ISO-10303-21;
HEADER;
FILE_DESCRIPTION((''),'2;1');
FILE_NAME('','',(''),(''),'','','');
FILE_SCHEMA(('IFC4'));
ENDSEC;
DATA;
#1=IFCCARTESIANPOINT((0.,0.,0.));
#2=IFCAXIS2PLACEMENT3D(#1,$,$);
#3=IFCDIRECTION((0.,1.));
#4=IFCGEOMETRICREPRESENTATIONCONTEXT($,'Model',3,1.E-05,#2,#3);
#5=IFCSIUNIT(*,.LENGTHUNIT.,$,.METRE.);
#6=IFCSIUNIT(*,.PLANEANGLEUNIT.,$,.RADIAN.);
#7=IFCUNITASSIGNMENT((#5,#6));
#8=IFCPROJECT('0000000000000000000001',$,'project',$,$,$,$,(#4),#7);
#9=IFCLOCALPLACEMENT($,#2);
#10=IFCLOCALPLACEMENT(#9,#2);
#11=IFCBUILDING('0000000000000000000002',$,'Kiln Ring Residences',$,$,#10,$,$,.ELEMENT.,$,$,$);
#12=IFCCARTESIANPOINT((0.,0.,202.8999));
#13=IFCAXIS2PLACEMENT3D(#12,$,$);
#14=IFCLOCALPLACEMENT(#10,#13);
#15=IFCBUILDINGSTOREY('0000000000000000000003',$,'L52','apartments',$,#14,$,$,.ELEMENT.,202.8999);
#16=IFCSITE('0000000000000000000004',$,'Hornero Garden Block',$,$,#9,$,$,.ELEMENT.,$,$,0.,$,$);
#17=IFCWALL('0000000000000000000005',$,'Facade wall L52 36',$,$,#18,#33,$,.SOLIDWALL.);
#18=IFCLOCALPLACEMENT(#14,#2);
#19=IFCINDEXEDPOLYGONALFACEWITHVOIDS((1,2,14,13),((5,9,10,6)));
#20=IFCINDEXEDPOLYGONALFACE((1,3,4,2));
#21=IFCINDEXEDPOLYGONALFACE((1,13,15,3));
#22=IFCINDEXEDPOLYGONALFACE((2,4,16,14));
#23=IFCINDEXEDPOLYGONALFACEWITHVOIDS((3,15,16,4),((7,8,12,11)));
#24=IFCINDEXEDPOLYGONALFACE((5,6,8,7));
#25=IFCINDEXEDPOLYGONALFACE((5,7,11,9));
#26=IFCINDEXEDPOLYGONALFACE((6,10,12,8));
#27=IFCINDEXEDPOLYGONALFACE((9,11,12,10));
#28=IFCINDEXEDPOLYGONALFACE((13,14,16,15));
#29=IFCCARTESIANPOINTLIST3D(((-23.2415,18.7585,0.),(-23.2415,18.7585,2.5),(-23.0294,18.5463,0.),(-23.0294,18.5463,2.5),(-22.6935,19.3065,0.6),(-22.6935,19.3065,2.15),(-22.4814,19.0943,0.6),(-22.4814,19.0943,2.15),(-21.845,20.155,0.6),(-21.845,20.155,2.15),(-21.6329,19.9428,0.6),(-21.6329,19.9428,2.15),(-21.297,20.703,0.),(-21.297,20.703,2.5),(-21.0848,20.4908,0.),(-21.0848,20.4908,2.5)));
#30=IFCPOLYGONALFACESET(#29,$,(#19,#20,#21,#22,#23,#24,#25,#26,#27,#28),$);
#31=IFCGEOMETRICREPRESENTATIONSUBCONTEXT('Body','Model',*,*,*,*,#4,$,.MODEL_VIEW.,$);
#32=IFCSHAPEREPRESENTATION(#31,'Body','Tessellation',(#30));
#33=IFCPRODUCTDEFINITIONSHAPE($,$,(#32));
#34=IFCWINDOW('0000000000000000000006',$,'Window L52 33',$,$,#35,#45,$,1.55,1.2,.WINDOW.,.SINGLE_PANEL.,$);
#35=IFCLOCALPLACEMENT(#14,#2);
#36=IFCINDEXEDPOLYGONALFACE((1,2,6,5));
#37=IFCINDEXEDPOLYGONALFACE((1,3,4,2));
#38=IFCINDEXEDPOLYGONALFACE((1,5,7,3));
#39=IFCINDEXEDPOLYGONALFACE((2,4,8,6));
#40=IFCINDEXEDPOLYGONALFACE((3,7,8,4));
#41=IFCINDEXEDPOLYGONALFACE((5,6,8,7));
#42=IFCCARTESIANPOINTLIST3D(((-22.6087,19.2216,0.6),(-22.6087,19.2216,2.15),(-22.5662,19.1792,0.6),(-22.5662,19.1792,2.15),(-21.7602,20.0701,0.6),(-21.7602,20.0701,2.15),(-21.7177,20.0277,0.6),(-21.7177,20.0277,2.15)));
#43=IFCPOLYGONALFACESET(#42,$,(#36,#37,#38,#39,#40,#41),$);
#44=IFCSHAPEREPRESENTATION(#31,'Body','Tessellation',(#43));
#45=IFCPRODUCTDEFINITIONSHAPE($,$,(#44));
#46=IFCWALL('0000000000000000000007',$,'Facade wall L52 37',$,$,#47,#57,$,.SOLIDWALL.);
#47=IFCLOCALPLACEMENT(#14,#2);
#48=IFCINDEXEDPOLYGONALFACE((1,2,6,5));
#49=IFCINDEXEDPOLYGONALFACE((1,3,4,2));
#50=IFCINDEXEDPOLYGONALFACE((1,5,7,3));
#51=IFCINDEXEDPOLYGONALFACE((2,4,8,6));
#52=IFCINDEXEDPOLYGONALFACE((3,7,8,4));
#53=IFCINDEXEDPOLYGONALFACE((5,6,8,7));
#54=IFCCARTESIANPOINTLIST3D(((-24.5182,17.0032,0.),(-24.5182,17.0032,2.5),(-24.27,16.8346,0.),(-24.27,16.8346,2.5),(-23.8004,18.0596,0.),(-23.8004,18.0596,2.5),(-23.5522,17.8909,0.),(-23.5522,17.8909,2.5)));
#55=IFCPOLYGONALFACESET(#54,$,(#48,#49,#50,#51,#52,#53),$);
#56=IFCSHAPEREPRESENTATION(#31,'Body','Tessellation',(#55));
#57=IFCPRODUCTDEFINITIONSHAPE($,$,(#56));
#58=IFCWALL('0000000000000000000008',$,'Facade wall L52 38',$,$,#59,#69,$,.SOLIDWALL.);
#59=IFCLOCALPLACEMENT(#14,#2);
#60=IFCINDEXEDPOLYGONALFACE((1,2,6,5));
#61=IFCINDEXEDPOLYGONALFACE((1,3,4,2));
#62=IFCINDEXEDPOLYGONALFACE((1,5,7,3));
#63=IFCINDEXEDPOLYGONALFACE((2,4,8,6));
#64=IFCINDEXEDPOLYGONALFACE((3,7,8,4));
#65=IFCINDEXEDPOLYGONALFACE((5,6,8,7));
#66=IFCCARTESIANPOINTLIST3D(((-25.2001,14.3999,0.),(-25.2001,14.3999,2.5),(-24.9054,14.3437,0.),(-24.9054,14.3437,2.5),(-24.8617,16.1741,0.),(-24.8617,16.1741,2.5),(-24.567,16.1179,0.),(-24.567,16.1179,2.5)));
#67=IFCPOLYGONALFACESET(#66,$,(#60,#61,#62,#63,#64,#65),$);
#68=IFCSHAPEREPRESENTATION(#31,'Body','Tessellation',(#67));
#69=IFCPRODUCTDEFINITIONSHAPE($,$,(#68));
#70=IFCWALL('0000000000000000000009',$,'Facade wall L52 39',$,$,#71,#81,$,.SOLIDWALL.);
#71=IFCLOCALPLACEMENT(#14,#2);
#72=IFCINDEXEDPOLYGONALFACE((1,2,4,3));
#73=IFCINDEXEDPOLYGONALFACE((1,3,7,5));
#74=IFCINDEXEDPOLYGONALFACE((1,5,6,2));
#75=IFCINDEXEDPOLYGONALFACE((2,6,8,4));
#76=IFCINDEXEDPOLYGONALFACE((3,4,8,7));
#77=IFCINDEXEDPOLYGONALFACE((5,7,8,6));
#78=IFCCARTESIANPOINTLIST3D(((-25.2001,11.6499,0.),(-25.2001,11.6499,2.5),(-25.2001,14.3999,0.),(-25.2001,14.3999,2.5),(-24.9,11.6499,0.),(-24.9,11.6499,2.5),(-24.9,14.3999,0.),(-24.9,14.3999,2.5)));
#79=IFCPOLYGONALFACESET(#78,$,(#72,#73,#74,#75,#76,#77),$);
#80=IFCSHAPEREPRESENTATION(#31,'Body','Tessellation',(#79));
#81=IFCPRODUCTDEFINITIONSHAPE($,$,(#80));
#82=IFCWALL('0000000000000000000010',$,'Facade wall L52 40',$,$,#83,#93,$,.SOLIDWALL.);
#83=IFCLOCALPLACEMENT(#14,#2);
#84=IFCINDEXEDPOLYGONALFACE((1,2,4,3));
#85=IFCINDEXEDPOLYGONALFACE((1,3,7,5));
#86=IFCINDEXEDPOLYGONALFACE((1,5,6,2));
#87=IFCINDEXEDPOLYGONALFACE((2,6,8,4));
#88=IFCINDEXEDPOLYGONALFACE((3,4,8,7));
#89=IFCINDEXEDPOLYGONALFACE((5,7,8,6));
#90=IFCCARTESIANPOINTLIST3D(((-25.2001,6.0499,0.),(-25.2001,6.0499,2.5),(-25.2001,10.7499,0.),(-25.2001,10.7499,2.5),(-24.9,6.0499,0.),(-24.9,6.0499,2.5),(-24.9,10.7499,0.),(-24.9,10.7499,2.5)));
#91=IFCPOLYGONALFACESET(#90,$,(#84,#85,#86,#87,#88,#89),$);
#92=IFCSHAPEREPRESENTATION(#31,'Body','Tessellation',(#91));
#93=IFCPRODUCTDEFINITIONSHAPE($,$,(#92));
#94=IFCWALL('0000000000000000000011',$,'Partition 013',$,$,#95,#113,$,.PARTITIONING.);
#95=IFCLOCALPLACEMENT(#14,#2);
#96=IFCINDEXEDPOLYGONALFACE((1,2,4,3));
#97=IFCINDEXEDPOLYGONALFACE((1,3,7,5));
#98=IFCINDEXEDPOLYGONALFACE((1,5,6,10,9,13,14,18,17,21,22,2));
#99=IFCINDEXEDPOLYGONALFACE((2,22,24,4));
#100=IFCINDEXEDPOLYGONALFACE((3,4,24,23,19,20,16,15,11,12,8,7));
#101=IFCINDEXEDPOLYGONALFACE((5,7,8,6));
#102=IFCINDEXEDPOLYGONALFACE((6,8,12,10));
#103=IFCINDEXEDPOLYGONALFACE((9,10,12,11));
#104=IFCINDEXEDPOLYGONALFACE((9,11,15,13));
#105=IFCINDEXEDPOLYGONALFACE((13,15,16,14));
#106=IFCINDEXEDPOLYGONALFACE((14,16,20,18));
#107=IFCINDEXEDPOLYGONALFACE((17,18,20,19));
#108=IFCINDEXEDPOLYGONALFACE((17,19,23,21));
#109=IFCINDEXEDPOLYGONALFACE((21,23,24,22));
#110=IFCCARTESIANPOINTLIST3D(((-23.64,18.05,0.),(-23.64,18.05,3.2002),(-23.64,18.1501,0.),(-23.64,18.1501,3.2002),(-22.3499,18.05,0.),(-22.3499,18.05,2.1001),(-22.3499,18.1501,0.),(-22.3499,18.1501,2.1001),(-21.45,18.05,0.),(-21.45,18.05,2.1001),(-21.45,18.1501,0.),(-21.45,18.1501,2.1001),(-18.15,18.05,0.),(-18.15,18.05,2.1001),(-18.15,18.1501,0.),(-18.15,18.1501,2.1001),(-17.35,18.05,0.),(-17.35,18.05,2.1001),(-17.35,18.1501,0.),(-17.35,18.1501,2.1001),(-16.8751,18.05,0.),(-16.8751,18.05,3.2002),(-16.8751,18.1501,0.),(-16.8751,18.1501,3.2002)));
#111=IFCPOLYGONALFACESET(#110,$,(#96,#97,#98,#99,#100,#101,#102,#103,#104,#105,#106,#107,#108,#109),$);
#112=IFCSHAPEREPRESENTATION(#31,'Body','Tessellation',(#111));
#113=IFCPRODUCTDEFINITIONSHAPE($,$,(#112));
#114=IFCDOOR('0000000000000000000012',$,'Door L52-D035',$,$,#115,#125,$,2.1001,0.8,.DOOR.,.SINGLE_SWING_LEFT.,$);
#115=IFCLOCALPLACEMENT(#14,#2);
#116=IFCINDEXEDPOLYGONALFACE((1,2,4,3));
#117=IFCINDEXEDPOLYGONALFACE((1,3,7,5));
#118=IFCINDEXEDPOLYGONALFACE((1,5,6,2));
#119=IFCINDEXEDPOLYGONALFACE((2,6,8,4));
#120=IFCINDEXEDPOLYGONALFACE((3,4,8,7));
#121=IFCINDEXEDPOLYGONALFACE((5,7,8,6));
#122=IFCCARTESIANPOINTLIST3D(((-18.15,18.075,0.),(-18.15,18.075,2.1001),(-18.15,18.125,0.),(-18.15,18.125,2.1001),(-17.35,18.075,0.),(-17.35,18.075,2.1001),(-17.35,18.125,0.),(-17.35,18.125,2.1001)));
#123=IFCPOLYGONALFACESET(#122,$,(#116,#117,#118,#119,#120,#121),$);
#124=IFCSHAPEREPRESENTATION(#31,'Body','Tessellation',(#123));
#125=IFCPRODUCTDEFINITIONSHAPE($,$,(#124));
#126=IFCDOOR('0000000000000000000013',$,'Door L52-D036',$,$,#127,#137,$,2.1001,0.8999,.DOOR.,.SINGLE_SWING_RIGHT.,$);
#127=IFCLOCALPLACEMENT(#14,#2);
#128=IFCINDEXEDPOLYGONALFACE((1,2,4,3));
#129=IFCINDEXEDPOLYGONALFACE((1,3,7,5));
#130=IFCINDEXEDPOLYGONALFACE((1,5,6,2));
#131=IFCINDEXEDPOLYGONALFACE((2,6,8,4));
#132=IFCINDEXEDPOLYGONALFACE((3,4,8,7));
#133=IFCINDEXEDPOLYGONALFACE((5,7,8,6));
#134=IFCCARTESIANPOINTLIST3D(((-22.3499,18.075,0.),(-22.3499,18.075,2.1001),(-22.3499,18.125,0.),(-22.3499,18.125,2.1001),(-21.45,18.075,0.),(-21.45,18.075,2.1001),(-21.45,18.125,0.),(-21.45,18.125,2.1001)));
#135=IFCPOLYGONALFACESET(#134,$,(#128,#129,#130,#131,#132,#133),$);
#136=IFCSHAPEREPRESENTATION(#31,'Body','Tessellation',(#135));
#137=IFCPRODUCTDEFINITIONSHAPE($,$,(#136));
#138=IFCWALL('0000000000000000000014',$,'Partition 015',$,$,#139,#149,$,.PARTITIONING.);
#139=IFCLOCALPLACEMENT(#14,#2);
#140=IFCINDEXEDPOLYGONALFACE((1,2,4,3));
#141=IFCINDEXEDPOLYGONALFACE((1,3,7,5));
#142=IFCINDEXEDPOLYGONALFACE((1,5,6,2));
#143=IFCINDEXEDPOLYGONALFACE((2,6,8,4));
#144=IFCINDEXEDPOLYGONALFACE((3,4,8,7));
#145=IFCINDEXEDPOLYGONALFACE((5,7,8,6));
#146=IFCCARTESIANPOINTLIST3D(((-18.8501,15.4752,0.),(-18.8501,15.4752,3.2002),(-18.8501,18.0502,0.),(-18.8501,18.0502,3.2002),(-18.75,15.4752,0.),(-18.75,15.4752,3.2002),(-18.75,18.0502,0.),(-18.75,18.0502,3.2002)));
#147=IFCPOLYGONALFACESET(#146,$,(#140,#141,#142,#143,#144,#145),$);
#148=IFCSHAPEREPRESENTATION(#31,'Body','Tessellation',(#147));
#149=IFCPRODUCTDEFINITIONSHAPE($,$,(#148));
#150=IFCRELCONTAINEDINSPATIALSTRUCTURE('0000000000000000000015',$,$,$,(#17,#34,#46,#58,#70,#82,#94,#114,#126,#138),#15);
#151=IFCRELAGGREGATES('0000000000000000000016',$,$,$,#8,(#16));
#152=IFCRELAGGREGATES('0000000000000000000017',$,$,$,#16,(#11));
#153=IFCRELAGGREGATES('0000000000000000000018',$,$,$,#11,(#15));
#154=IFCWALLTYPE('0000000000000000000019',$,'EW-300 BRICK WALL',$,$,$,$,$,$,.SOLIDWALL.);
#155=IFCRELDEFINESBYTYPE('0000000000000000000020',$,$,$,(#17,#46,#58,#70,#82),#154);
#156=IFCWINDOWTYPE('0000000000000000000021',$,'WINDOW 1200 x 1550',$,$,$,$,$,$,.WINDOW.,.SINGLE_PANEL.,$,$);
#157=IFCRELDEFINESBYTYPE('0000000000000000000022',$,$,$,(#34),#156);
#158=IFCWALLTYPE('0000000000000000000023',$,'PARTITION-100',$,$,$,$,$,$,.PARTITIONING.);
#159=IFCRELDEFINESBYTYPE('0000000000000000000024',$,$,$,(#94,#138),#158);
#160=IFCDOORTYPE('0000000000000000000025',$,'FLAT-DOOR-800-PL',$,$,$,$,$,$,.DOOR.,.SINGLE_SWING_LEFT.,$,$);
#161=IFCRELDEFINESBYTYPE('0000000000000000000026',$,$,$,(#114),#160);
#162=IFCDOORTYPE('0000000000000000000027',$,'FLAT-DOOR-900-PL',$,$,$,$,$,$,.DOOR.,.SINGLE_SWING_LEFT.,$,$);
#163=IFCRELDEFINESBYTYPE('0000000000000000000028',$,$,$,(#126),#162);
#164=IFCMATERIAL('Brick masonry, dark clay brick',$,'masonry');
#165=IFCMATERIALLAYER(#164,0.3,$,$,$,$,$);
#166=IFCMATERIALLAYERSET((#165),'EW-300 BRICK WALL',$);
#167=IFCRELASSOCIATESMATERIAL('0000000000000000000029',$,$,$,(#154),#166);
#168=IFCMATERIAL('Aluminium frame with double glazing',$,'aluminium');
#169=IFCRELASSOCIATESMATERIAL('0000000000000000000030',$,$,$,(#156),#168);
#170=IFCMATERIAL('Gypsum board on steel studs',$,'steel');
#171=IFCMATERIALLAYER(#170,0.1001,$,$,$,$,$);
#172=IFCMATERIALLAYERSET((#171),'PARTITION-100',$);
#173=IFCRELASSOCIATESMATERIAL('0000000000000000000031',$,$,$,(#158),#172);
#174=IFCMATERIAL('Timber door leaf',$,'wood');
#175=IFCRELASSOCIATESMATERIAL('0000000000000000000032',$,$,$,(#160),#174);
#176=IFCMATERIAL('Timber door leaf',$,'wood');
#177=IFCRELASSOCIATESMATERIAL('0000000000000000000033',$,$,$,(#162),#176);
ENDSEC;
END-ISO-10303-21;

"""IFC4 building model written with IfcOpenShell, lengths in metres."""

from ifc_helpers import new_model, si_unit, direction, frame, frame_2d, origin, place, context, subcontext, project, spatial, rectangle, extrude, material, layer, layer_set, type_object, element, fill, save


model = new_model("IFC4")

# Units and contexts
model_context = context("Model", 3, precision=1e-05, world=origin(), true_north=direction((0.0, 1.0)))
body_context = subcontext(model_context, "Body", "Model", "MODEL_VIEW")
ifc_project = project(units=[si_unit("LENGTHUNIT", "METRE"), si_unit("PLANEANGLEUNIT", "RADIAN")], contexts=[model_context])

# Site, building, storey
site_placement = place(None, origin())
site = spatial("IfcSite", under=ifc_project, at=site_placement, Name="Hornero Garden Block", CompositionType="ELEMENT", RefElevation=0.0)
building_placement = place(site_placement, origin())
building = spatial("IfcBuilding", under=site, at=building_placement, Name="Kiln Ring Residences", CompositionType="ELEMENT")
storey_placement = place(building_placement, frame((0.0, 0.0, 202.8999)))
storey = spatial("IfcBuildingStorey", under=building, at=storey_placement, Name="L52", Description="apartments", CompositionType="ELEMENT", Elevation=202.8999)

# Wall, opening, window
ifc_material_1 = material(Name="Brick masonry, dark clay brick", Category="masonry")
ifc_layer_1 = layer(ifc_material_1, 0.3)
ifc_layer_set_1 = layer_set([ifc_layer_1], Name="EW-300 BRICK WALL")
wall_type_1 = type_object("IfcWallType", Name="EW-300 BRICK WALL", PredefinedType="SOLIDWALL", material=ifc_layer_set_1)
wall_1_placement = place(storey_placement, frame((-21.1909, 20.5969, 0.0), z_axis=(0.0, 0.0, 1.0), x_axis=(-0.707107, -0.707107, 0.0)))
wall_1 = element("IfcWall", 1, at=wall_1_placement, inside=storey, type_object=wall_type_1, Name="Facade wall L52 36", PredefinedType="SOLIDWALL", context=body_context, shape_type="SweptSolid", body=[
    extrude(rectangle(XDim=2.75, YDim=0.3, at=frame_2d((1.375, 0.0))), origin(), (0.0, 0.0, 1.0), 2.5),
])
opening_1_placement = place(wall_1_placement, frame((0.7749, 0.0, 0.6001)))
opening_1 = element("IfcOpeningElement", 2, at=opening_1_placement, cuts=wall_1, PredefinedType="OPENING", context=body_context, shape_type="SweptSolid", body=[
    extrude(rectangle(XDim=1.2, YDim=1.55, at=frame_2d((0.6001, 0.7749))), frame((0.0, 0.1599, 0.0), z_axis=(0.0, -1.0, 0.0), x_axis=(1.0, 0.0, 0.0)), (0.0, 0.0, 1.0), 0.3201),
])
ifc_material_2 = material(Name="Aluminium frame with double glazing", Category="aluminium")
window_type_1 = type_object("IfcWindowType", Name="WINDOW 1200 x 1550", PartitioningType="SINGLE_PANEL", PredefinedType="WINDOW", material=ifc_material_2)
window_1_placement = place(opening_1_placement, origin())
window_1 = element("IfcWindow", 3, at=window_1_placement, inside=storey, type_object=window_type_1, Name="Window L52 33", OverallHeight=1.55, OverallWidth=1.2, PartitioningType="SINGLE_PANEL", PredefinedType="WINDOW", context=body_context, shape_type="SweptSolid", body=[
    extrude(rectangle(XDim=1.2, YDim=1.55, at=frame_2d((0.6001, 0.7749))), frame((0.0, 0.03, 0.0), z_axis=(0.0, -1.0, 0.0), x_axis=(1.0, 0.0, 0.0)), (0.0, 0.0, 1.0), 0.0601),
])
fill(opening_1, window_1)

# Walls
wall_2_placement = place(storey_placement, frame((-23.6763, 17.9753, 0.0), z_axis=(0.0, 0.0, 1.0), x_axis=(-0.562001, -0.827136, 0.0)))
element("IfcWall", 4, at=wall_2_placement, inside=storey, type_object=wall_type_1, Name="Facade wall L52 37", PredefinedType="SOLIDWALL", context=body_context, shape_type="SweptSolid", body=[
    extrude(rectangle(XDim=1.2771, YDim=0.3, at=frame_2d((0.6387, 0.0))), origin(), (0.0, 0.0, 1.0), 2.5),
])
wall_3_placement = place(storey_placement, frame((-24.7144, 16.146, 0.0), z_axis=(0.0, 0.0, 1.0), x_axis=(-0.187348, -0.982294, 0.0)))
element("IfcWall", 5, at=wall_3_placement, inside=storey, type_object=wall_type_1, Name="Facade wall L52 38", PredefinedType="SOLIDWALL", context=body_context, shape_type="SweptSolid", body=[
    extrude(rectangle(XDim=1.8062, YDim=0.3, at=frame_2d((0.9031, 0.0))), origin(), (0.0, 0.0, 1.0), 2.5),
])
wall_4_placement = place(storey_placement, frame((-25.05, 14.3999, 0.0), z_axis=(0.0, 0.0, 1.0), x_axis=(0.0, -1.0, 0.0)))
element("IfcWall", 6, at=wall_4_placement, inside=storey, type_object=wall_type_1, Name="Facade wall L52 39", PredefinedType="SOLIDWALL", context=body_context, shape_type="SweptSolid", body=[
    extrude(rectangle(XDim=2.75, YDim=0.3, at=frame_2d((1.375, 0.0))), origin(), (0.0, 0.0, 1.0), 2.5),
])
wall_5_placement = place(storey_placement, frame((-25.05, 10.75, 0.0), z_axis=(0.0, 0.0, 1.0), x_axis=(0.0, -1.0, 0.0)))
element("IfcWall", 7, at=wall_5_placement, inside=storey, type_object=wall_type_1, Name="Facade wall L52 40", PredefinedType="SOLIDWALL", context=body_context, shape_type="SweptSolid", body=[
    extrude(rectangle(XDim=4.7, YDim=0.3, at=frame_2d((2.3501, 0.0))), origin(), (0.0, 0.0, 1.0), 2.5),
])

# Wall, openings, doors
ifc_material_3 = material(Name="Gypsum board on steel studs", Category="steel")
ifc_layer_2 = layer(ifc_material_3, 0.1001)
ifc_layer_set_2 = layer_set([ifc_layer_2], Name="PARTITION-100")
wall_type_2 = type_object("IfcWallType", Name="PARTITION-100", PredefinedType="PARTITIONING", material=ifc_layer_set_2)
wall_6_placement = place(storey_placement, frame((-23.6399, 18.1001, 0.0), z_axis=(0.0, 0.0, 1.0), x_axis=(1.0, 0.0, 0.0)))
wall_6 = element("IfcWall", 8, at=wall_6_placement, inside=storey, type_object=wall_type_2, Name="Partition 013", PredefinedType="PARTITIONING", context=body_context, shape_type="SweptSolid", body=[
    extrude(rectangle(XDim=6.7649, YDim=0.1001, at=frame_2d((3.3823, 0.0))), origin(), (0.0, 0.0, 1.0), 3.2002),
])
opening_2_placement = place(wall_6_placement, frame((5.49, 0.0, 0.0)))
opening_2 = element("IfcOpeningElement", 9, at=opening_2_placement, cuts=wall_6, PredefinedType="OPENING", context=body_context, shape_type="SweptSolid", body=[
    extrude(rectangle(XDim=0.8, YDim=2.1001, at=frame_2d((0.3999, 1.05))), frame((0.0, 0.0601, 0.0), z_axis=(0.0, -1.0, 0.0), x_axis=(1.0, 0.0, 0.0)), (0.0, 0.0, 1.0), 0.1201),
])
opening_3_placement = place(wall_6_placement, frame((1.29, 0.0, 0.0)))
opening_3 = element("IfcOpeningElement", 10, at=opening_3_placement, cuts=wall_6, PredefinedType="OPENING", context=body_context, shape_type="SweptSolid", body=[
    extrude(rectangle(XDim=0.8999, YDim=2.1001, at=frame_2d((0.45, 1.05))), frame((0.0, 0.0601, 0.0), z_axis=(0.0, -1.0, 0.0), x_axis=(1.0, 0.0, 0.0)), (0.0, 0.0, 1.0), 0.1201),
])
ifc_material_4 = material(Name="Timber door leaf", Category="wood")
door_type_1 = type_object("IfcDoorType", Name="FLAT-DOOR-800-PL", OperationType="SINGLE_SWING_LEFT", PredefinedType="DOOR", material=ifc_material_4)
door_1_placement = place(opening_2_placement, origin())
door_1 = element("IfcDoor", 11, at=door_1_placement, inside=storey, type_object=door_type_1, Name="Door L52-D035", OperationType="SINGLE_SWING_LEFT", OverallHeight=2.1001, OverallWidth=0.8, PredefinedType="DOOR", context=body_context, shape_type="SweptSolid", body=[
    extrude(rectangle(XDim=0.8, YDim=2.1001, at=frame_2d((0.3999, 1.05))), frame((0.0, 0.0249, 0.0), z_axis=(0.0, -1.0, 0.0), x_axis=(1.0, 0.0, 0.0)), (0.0, 0.0, 1.0), 0.05),
])
fill(opening_2, door_1)
ifc_material_5 = material(Name="Timber door leaf", Category="wood")
door_type_2 = type_object("IfcDoorType", Name="FLAT-DOOR-900-PL", OperationType="SINGLE_SWING_LEFT", PredefinedType="DOOR", material=ifc_material_5)
door_2_placement = place(opening_3_placement, origin())
door_2 = element("IfcDoor", 12, at=door_2_placement, inside=storey, type_object=door_type_2, Name="Door L52-D036", OperationType="SINGLE_SWING_RIGHT", OverallHeight=2.1001, OverallWidth=0.8999, PredefinedType="DOOR", context=body_context, shape_type="SweptSolid", body=[
    extrude(rectangle(XDim=0.8999, YDim=2.1001, at=frame_2d((0.45, 1.05))), frame((0.0, 0.0249, 0.0), z_axis=(0.0, -1.0, 0.0), x_axis=(1.0, 0.0, 0.0)), (0.0, 0.0, 1.0), 0.05),
])
fill(opening_3, door_2)

# Wall
wall_7_placement = place(storey_placement, frame((-18.8, 15.4751, 0.0), z_axis=(0.0, 0.0, 1.0), x_axis=(0.0, 1.0, 0.0)))
element("IfcWall", 13, at=wall_7_placement, inside=storey, type_object=wall_type_2, Name="Partition 015", PredefinedType="PARTITIONING", context=body_context, shape_type="SweptSolid", body=[
    extrude(rectangle(XDim=2.575, YDim=0.1001, at=frame_2d((1.2876, 0.0))), origin(), (0.0, 0.0, 1.0), 3.2002),
])

save(model, "model.ifc")
